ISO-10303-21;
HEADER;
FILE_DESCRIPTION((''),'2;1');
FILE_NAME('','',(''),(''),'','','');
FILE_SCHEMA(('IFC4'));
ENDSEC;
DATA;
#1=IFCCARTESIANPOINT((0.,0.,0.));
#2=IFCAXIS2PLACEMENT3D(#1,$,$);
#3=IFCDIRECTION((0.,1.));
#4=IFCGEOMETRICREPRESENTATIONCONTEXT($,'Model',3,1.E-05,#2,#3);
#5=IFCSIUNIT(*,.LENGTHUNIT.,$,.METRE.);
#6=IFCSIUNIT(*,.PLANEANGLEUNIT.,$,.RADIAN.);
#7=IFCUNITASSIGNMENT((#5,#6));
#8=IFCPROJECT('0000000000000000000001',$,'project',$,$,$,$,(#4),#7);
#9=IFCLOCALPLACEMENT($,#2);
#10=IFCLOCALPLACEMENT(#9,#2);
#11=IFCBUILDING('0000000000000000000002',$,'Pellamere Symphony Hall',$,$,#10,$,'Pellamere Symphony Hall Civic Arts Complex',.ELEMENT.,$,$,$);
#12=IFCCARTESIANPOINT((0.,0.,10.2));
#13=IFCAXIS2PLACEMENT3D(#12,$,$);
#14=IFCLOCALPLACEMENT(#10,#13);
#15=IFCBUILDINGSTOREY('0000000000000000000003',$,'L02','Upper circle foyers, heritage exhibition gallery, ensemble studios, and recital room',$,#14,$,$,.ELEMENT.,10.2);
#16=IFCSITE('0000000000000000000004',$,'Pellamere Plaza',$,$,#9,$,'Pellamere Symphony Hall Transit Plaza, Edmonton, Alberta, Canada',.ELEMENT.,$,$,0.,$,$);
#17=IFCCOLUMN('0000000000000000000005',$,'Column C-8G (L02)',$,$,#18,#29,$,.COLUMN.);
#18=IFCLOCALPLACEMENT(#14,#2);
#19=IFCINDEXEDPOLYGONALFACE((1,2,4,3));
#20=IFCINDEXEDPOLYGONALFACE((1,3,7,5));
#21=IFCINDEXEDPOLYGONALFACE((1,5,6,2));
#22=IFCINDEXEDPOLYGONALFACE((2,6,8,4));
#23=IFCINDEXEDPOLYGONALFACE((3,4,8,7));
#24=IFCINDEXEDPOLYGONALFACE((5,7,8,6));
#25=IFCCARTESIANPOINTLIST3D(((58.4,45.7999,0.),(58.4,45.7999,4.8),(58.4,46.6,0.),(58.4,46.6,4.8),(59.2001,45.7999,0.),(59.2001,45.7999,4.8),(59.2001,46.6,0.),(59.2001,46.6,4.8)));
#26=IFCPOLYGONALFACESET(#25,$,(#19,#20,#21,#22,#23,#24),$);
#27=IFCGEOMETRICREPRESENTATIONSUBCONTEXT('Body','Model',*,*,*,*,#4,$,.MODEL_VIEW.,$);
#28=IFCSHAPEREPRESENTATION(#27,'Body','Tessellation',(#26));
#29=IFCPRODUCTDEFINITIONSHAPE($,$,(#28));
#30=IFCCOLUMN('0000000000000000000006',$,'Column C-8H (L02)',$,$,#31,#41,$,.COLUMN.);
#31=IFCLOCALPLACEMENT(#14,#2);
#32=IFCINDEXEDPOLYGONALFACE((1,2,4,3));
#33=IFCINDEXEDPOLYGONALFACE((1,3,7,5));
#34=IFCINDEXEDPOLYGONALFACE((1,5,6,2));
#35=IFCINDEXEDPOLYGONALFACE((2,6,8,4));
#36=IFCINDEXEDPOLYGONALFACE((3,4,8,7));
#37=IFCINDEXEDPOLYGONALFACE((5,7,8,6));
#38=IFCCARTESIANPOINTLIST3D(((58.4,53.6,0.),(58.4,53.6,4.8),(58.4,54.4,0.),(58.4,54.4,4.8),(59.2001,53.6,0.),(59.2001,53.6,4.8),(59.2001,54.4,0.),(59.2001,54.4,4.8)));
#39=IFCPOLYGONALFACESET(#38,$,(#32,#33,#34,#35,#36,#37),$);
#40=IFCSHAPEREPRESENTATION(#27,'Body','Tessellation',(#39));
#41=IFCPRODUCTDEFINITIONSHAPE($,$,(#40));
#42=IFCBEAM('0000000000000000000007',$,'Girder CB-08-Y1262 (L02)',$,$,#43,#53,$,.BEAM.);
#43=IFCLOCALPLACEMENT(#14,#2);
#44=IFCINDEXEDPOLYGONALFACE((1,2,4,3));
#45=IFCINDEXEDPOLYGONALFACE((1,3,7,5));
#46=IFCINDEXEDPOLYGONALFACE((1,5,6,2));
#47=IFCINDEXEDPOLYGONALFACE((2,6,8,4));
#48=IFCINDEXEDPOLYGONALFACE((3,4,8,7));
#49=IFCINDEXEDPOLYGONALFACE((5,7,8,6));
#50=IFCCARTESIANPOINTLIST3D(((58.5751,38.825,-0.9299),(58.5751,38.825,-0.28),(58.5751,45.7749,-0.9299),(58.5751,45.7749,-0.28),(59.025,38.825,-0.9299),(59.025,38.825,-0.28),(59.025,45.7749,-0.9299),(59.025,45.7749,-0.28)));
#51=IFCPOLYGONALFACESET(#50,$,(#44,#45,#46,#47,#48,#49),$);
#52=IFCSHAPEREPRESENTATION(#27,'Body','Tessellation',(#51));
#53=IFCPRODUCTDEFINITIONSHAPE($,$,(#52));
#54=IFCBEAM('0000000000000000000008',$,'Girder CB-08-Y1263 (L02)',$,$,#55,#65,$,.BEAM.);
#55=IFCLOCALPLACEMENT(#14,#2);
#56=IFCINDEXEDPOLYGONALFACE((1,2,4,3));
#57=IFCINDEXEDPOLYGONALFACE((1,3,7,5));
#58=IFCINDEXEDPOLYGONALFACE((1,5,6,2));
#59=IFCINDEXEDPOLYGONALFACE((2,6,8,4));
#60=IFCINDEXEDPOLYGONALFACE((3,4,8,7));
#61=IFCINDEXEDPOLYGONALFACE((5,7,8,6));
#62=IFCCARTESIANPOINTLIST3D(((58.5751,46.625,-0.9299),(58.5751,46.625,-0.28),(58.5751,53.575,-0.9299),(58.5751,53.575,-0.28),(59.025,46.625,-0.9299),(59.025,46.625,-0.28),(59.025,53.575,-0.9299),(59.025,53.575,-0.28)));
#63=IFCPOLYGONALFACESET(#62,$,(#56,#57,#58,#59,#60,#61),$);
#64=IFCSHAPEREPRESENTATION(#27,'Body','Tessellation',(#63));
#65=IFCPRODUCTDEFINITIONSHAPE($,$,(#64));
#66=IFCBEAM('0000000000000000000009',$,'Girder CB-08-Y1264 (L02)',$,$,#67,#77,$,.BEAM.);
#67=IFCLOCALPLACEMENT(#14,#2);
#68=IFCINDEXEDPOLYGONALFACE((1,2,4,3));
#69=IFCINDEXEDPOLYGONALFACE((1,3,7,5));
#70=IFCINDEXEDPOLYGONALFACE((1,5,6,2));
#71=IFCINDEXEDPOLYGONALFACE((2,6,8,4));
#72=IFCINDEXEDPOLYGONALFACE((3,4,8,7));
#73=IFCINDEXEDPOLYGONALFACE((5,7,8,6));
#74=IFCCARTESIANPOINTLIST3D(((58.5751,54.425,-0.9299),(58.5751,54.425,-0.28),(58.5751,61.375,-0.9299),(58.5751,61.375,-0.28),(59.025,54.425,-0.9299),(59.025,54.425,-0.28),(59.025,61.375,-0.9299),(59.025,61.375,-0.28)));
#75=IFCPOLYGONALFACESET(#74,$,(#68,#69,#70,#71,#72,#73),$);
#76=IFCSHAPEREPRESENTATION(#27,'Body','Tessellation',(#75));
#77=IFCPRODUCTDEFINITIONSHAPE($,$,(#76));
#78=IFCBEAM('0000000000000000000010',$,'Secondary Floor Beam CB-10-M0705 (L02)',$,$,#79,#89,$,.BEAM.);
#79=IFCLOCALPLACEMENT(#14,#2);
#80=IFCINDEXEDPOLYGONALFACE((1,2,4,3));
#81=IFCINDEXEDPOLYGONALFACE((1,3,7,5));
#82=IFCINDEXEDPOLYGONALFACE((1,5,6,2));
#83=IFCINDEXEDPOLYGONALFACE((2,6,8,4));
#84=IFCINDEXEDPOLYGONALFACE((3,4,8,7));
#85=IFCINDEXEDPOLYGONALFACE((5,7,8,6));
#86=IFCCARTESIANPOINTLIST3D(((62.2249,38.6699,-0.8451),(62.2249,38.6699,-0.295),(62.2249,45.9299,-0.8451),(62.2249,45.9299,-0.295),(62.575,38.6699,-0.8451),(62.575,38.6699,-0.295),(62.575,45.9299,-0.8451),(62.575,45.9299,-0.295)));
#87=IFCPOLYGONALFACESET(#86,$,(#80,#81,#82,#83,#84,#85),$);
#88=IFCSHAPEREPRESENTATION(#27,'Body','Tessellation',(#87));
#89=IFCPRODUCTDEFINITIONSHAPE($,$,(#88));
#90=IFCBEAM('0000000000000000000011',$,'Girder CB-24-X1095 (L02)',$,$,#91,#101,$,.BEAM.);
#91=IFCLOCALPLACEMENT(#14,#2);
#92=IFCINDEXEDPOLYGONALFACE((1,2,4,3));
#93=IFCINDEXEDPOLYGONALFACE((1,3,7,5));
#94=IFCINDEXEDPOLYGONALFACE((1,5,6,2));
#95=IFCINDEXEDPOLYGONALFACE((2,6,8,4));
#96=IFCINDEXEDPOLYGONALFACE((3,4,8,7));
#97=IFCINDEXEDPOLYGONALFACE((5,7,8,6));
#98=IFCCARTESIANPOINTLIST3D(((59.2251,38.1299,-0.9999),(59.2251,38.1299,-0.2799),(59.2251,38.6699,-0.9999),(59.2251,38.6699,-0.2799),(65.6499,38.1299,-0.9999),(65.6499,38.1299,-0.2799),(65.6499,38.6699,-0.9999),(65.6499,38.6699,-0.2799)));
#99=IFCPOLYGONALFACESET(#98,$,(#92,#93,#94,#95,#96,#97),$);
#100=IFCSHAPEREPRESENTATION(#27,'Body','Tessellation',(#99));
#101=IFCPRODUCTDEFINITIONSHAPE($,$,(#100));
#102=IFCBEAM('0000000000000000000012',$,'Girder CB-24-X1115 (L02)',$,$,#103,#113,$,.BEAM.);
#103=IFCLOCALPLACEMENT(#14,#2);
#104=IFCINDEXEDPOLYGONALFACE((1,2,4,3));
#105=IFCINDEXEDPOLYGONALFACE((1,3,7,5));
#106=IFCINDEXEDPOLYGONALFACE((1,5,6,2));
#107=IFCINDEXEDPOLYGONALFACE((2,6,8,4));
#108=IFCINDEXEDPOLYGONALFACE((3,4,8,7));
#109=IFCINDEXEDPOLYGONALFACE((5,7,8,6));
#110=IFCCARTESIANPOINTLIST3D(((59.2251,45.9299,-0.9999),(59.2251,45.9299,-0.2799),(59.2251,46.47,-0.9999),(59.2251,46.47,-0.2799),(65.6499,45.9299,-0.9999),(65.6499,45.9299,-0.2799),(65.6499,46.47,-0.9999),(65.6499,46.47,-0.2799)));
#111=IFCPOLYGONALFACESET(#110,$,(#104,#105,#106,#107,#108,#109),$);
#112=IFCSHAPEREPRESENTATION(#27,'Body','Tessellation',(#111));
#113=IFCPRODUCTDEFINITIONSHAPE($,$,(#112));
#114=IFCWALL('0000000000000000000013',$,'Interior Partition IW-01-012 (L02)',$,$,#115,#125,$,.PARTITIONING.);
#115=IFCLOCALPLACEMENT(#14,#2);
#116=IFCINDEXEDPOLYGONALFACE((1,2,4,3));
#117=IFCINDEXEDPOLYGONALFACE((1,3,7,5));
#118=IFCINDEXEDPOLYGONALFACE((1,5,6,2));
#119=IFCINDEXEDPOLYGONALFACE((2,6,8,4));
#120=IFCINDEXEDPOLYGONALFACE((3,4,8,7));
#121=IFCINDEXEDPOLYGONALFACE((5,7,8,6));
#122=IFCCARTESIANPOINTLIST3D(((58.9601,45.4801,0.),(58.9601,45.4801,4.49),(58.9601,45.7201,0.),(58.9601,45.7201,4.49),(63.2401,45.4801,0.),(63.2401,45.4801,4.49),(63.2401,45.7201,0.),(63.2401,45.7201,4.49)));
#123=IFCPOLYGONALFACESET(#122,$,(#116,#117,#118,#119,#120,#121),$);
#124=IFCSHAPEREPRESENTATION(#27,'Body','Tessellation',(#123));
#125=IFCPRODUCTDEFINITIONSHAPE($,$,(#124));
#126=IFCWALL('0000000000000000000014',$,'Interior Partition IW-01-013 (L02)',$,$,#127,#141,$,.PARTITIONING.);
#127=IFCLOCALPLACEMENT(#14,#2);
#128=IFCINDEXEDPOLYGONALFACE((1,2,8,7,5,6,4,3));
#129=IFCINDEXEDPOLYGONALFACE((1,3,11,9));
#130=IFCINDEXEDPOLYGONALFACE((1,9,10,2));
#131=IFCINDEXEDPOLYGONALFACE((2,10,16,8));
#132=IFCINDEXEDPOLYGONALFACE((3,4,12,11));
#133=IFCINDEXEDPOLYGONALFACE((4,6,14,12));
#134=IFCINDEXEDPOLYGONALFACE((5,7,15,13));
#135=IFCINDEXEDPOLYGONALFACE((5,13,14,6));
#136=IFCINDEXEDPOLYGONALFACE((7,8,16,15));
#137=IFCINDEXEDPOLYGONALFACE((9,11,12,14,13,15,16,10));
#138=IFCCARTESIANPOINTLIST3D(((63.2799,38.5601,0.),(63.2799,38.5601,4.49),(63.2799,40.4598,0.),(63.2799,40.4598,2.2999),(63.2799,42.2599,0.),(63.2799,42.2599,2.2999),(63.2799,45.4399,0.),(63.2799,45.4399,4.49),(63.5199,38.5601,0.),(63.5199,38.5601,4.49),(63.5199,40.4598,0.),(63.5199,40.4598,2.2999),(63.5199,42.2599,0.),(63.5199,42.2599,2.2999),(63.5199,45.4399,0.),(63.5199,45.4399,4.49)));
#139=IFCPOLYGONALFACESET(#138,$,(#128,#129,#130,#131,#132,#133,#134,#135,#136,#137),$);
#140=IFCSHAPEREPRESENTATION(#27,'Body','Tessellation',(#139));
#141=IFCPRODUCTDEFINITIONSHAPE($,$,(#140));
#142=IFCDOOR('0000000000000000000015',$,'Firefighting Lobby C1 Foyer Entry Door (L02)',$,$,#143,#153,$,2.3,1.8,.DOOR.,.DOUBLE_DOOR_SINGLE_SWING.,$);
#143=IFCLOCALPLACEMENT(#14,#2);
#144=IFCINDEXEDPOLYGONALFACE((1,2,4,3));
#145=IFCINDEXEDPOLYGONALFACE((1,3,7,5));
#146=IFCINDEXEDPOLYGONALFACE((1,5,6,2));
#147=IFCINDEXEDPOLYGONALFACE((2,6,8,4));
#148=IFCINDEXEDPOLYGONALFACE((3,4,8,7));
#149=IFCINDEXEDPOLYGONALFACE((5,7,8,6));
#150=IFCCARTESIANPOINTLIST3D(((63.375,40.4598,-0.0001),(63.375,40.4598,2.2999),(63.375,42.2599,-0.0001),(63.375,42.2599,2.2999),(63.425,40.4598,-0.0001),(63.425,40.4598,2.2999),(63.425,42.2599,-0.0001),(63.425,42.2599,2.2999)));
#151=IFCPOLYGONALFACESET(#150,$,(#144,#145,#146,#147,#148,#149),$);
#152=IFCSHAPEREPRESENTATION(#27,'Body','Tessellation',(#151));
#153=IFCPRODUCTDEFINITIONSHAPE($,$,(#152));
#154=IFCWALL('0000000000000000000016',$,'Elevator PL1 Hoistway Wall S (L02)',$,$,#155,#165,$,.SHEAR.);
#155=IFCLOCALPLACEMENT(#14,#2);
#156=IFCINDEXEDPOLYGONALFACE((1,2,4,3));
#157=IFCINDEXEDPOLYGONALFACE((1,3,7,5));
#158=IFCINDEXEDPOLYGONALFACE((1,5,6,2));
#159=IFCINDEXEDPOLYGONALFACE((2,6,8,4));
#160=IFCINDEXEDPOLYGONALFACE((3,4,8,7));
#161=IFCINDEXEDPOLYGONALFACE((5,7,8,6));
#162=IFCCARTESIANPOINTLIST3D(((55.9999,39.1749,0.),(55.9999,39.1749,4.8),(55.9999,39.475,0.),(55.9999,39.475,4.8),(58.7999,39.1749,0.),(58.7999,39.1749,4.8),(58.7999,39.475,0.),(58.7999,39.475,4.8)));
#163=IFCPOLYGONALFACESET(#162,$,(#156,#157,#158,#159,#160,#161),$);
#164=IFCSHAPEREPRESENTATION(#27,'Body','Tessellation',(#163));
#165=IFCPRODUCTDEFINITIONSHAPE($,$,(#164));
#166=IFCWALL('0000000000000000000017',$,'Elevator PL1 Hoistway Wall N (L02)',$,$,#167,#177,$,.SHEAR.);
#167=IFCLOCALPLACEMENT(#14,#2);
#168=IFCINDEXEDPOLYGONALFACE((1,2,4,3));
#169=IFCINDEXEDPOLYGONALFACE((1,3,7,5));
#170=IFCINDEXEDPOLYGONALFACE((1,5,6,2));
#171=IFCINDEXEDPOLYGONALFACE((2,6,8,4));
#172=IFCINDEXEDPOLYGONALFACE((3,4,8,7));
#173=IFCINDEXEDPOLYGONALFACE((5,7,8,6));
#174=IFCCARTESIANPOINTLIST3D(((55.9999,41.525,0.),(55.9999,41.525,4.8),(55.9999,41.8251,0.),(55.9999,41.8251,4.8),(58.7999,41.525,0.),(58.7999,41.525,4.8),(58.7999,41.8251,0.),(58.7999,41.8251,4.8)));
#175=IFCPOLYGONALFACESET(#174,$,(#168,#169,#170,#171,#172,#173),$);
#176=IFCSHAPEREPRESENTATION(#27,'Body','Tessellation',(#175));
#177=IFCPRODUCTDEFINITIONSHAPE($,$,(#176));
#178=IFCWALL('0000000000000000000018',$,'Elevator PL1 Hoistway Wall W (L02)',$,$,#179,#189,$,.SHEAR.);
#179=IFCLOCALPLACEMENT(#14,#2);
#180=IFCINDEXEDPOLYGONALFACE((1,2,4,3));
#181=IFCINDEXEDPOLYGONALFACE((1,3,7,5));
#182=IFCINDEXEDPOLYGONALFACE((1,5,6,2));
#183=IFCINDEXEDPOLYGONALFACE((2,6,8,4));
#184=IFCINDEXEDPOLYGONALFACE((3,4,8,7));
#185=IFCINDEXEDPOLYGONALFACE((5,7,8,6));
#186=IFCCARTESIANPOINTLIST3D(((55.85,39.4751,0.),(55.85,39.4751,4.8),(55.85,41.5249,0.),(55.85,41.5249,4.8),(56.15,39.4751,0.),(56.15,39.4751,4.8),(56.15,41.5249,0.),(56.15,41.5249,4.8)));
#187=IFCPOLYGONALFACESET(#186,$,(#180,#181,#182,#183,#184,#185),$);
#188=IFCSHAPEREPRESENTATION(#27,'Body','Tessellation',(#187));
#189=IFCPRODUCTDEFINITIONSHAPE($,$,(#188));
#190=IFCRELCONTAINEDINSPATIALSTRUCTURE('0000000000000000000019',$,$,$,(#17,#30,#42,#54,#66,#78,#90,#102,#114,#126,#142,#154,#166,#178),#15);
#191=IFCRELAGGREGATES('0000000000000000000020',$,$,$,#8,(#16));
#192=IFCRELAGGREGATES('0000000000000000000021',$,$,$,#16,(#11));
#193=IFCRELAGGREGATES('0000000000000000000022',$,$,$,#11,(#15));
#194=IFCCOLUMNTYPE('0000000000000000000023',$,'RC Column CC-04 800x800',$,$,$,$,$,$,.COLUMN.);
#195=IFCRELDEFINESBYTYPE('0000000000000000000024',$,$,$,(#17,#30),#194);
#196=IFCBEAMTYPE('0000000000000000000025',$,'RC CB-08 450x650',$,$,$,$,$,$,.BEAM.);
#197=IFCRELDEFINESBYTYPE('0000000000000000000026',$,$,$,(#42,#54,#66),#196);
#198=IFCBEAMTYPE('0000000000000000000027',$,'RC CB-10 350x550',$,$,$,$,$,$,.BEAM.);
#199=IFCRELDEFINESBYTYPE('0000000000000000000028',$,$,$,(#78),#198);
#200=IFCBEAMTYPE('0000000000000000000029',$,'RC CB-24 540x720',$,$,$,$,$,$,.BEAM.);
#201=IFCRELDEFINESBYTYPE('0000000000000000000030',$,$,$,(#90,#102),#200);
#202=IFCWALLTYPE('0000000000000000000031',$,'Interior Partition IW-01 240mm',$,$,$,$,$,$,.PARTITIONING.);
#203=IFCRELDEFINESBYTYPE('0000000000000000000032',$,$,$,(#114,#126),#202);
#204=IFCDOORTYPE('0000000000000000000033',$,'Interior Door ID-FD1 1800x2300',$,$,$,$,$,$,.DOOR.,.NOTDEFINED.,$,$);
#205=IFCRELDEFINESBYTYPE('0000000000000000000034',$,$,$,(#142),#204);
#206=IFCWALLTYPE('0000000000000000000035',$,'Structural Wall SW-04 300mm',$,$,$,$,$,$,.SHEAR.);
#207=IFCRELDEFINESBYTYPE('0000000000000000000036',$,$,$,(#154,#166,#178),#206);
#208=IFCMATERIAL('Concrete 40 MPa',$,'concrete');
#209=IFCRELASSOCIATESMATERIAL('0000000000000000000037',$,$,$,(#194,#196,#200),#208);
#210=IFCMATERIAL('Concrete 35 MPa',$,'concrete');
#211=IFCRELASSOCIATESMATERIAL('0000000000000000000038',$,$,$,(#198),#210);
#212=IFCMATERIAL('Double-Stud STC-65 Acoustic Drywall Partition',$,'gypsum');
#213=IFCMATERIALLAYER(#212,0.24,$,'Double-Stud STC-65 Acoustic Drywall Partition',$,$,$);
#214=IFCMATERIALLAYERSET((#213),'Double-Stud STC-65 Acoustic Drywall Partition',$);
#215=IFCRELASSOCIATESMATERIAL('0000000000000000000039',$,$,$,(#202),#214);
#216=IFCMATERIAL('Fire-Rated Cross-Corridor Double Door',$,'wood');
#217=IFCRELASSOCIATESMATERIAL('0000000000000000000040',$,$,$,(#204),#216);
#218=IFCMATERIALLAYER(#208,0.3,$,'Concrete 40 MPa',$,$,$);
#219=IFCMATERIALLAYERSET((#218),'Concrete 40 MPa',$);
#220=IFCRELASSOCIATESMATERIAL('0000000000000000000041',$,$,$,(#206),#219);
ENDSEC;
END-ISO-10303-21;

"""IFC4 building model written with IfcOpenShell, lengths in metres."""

from ifc_helpers import new_model, si_unit, direction, frame, frame_2d, origin, origin_2d, place, context, subcontext, project, spatial, rectangle, extrude, material, layer, layer_set, material_profile, profile_set, type_object, element, fill, save


model = new_model("IFC4")

# Units and contexts
model_context = context("Model", 3, precision=1e-05, world=origin(), true_north=direction((0.0, 1.0)))
body_context = subcontext(model_context, "Body", "Model", "MODEL_VIEW")
ifc_project = project(units=[si_unit("LENGTHUNIT", "METRE"), si_unit("PLANEANGLEUNIT", "RADIAN")], contexts=[model_context])

# Site, building, storey
site_placement = place(None, origin())
site = spatial("IfcSite", under=ifc_project, at=site_placement, Name="Pellamere Plaza", LongName="Pellamere Symphony Hall Transit Plaza, Edmonton, Alberta, Canada", CompositionType="ELEMENT", RefElevation=0.0)
building_placement = place(site_placement, origin())
building = spatial("IfcBuilding", under=site, at=building_placement, Name="Pellamere Symphony Hall", LongName="Pellamere Symphony Hall Civic Arts Complex", CompositionType="ELEMENT")
storey_placement = place(building_placement, frame((0.0, 0.0, 10.2)))
storey = spatial("IfcBuildingStorey", under=building, at=storey_placement, Name="L02", Description="Upper circle foyers, heritage exhibition gallery, ensemble studios, and recital room", CompositionType="ELEMENT", Elevation=10.2)

# Columns
ifc_material_1 = material(Name="Concrete 40 MPa", Category="concrete")
ifc_material_profile_1 = material_profile(ifc_material_1, rectangle(XDim=0.8, YDim=0.8, at=origin_2d()), Name="RC 800x800")
ifc_profile_set_1 = profile_set([ifc_material_profile_1], Name="Concrete 40 MPa")
column_type = type_object("IfcColumnType", Name="RC Column CC-04 800x800", PredefinedType="COLUMN", material=ifc_profile_set_1)
for number, where, z_axis, x_axis, name in (
    (1, (58.8, 46.2, 0.0), (0.0, 0.0, 1.0), (1.0, 0.0, 0.0), "Column C-8G (L02)"),
    (2, (58.8, 54.0, 0.0), (0.0, 0.0, 1.0), (1.0, 0.0, 0.0), "Column C-8H (L02)"),
):
    element("IfcColumn", number, at=place(storey_placement, frame(where, z_axis=z_axis, x_axis=x_axis)), inside=storey, type_object=column_type, Name=name, PredefinedType="COLUMN", context=body_context, shape_type="SweptSolid", body=[
        extrude(rectangle(XDim=0.8, YDim=0.8, at=origin_2d()), origin(), (0.0, 0.0, 1.0), 4.8),
    ])

# Beams
ifc_material_profile_2 = material_profile(ifc_material_1, rectangle(XDim=0.45, YDim=0.6499, at=origin_2d()), Name="RC 450x650")
ifc_profile_set_2 = profile_set([ifc_material_profile_2], Name="Concrete 40 MPa")
beam_type_1 = type_object("IfcBeamType", Name="RC CB-08 450x650", PredefinedType="BEAM", material=ifc_profile_set_2)
for number, where, z_axis, x_axis, name in (
    (3, (58.8, 38.825, -0.605), (0.0, 1.0, 0.0), (-1.0, 0.0, 0.0), "Girder CB-08-Y1262 (L02)"),
    (4, (58.8, 46.625, -0.605), (0.0, 1.0, 0.0), (-1.0, 0.0, 0.0), "Girder CB-08-Y1263 (L02)"),
    (5, (58.8, 54.425, -0.605), (0.0, 1.0, 0.0), (-1.0, 0.0, 0.0), "Girder CB-08-Y1264 (L02)"),
):
    element("IfcBeam", number, at=place(storey_placement, frame(where, z_axis=z_axis, x_axis=x_axis)), inside=storey, type_object=beam_type_1, Name=name, PredefinedType="BEAM", context=body_context, shape_type="SweptSolid", body=[
        extrude(rectangle(XDim=0.45, YDim=0.6499, at=origin_2d()), origin(), (0.0, 0.0, 1.0), 6.95),
    ])
ifc_material_2 = material(Name="Concrete 35 MPa", Category="concrete")
ifc_material_profile_3 = material_profile(ifc_material_2, rectangle(XDim=0.3501, YDim=0.55, at=origin_2d()), Name="RC 350x550")
ifc_profile_set_3 = profile_set([ifc_material_profile_3], Name="Concrete 35 MPa")
beam_type_2 = type_object("IfcBeamType", Name="RC CB-10 350x550", PredefinedType="BEAM", material=ifc_profile_set_3)
beam_placement = place(storey_placement, frame((62.3999, 38.6699, -0.5701), z_axis=(0.0, 1.0, 0.0), x_axis=(-1.0, 0.0, 0.0)))
element("IfcBeam", 6, at=beam_placement, inside=storey, type_object=beam_type_2, Name="Secondary Floor Beam CB-10-M0705 (L02)", PredefinedType="BEAM", context=body_context, shape_type="SweptSolid", body=[
    extrude(rectangle(XDim=0.3501, YDim=0.55, at=origin_2d()), origin(), (0.0, 0.0, 1.0), 7.26),
])
ifc_material_profile_4 = material_profile(ifc_material_1, rectangle(XDim=0.54, YDim=0.72, at=origin_2d()), Name="RC 540x720")
ifc_profile_set_4 = profile_set([ifc_material_profile_4], Name="Concrete 40 MPa")
beam_type_3 = type_object("IfcBeamType", Name="RC CB-24 540x720", PredefinedType="BEAM", material=ifc_profile_set_4)
for number, where, z_axis, x_axis, name in (
    (7, (59.2251, 38.3999, -0.6399), (1.0, 0.0, 0.0), (0.0, 1.0, 0.0), "Girder CB-24-X1095 (L02)"),
    (8, (59.2251, 46.2, -0.6399), (1.0, 0.0, 0.0), (0.0, 1.0, 0.0), "Girder CB-24-X1115 (L02)"),
):
    element("IfcBeam", number, at=place(storey_placement, frame(where, z_axis=z_axis, x_axis=x_axis)), inside=storey, type_object=beam_type_3, Name=name, PredefinedType="BEAM", context=body_context, shape_type="SweptSolid", body=[
        extrude(rectangle(XDim=0.54, YDim=0.72, at=origin_2d()), origin(), (0.0, 0.0, 1.0), 6.4248),
    ])

# Wall
ifc_material_3 = material(Name="Double-Stud STC-65 Acoustic Drywall Partition", Category="gypsum")
ifc_layer_1 = layer(ifc_material_3, 0.24, Name="Double-Stud STC-65 Acoustic Drywall Partition")
ifc_layer_set_1 = layer_set([ifc_layer_1], Name="Double-Stud STC-65 Acoustic Drywall Partition")
wall_type_1 = type_object("IfcWallType", Name="Interior Partition IW-01 240mm", PredefinedType="PARTITIONING", material=ifc_layer_set_1)
wall_1_placement = place(storey_placement, frame((58.96, 45.6001, 0.0), z_axis=(0.0, 0.0, 1.0), x_axis=(1.0, 0.0, 0.0)))
element("IfcWall", 9, at=wall_1_placement, inside=storey, type_object=wall_type_1, Name="Interior Partition IW-01-012 (L02)", PredefinedType="PARTITIONING", context=body_context, shape_type="SweptSolid", body=[
    extrude(rectangle(XDim=4.28, YDim=0.24, at=frame_2d((2.1401, 0.0))), origin(), (0.0, 0.0, 1.0), 4.49),
])

# Wall, opening, door
wall_2_placement = place(storey_placement, frame((63.3999, 38.5601, 0.0), z_axis=(0.0, 0.0, 1.0), x_axis=(0.0, 1.0, 0.0)))
wall_2 = element("IfcWall", 10, at=wall_2_placement, inside=storey, type_object=wall_type_1, Name="Interior Partition IW-01-013 (L02)", PredefinedType="PARTITIONING", context=body_context, shape_type="SweptSolid", body=[
    extrude(rectangle(XDim=6.8799, YDim=0.24, at=frame_2d((3.4399, 0.0))), origin(), (0.0, 0.0, 1.0), 4.49),
])
opening_1_placement = place(wall_2_placement, frame((1.8999, 0.0, 0.0)))
opening_1 = element("IfcOpeningElement", 11, at=opening_1_placement, cuts=wall_2, PredefinedType="OPENING", context=body_context, shape_type="SweptSolid", body=[
    extrude(rectangle(XDim=1.8, YDim=2.3, at=frame_2d((0.8999, 1.1499))), frame((0.0, 0.1299, 0.0), z_axis=(0.0, -1.0, 0.0), x_axis=(1.0, 0.0, 0.0)), (0.0, 0.0, 1.0), 0.26),
])
ifc_material_4 = material(Name="Fire-Rated Cross-Corridor Double Door", Category="wood")
door_type_1 = type_object("IfcDoorType", Name="Interior Door ID-FD1 1800x2300", OperationType="NOTDEFINED", PredefinedType="DOOR", material=ifc_material_4)
door_1_placement = place(opening_1_placement, origin())
door_1 = element("IfcDoor", 12, at=door_1_placement, inside=storey, type_object=door_type_1, Name="Firefighting Lobby C1 Foyer Entry Door (L02)", OperationType="DOUBLE_DOOR_SINGLE_SWING", OverallHeight=2.3, OverallWidth=1.8, PredefinedType="DOOR", context=body_context, shape_type="SweptSolid", body=[
    extrude(rectangle(XDim=1.8, YDim=2.3, at=frame_2d((0.8999, 1.1499))), frame((0.0, 0.0249, 0.0), z_axis=(0.0, -1.0, 0.0), x_axis=(1.0, 0.0, 0.0)), (0.0, 0.0, 1.0), 0.05),
])
fill(opening_1, door_1)

# Walls
ifc_layer_2 = layer(ifc_material_1, 0.3, Name="Concrete 40 MPa")
ifc_layer_set_2 = layer_set([ifc_layer_2], Name="Concrete 40 MPa")
wall_type_2 = type_object("IfcWallType", Name="Structural Wall SW-04 300mm", PredefinedType="SHEAR", material=ifc_layer_set_2)
for number, where, z_axis, x_axis, name in (
    (13, (56.0, 39.325, 0.0), (0.0, 0.0, 1.0), (1.0, 0.0, 0.0), "Elevator PL1 Hoistway Wall S (L02)"),
    (14, (56.0, 41.675, 0.0), (0.0, 0.0, 1.0), (1.0, 0.0, 0.0), "Elevator PL1 Hoistway Wall N (L02)"),
):
    element("IfcWall", number, at=place(storey_placement, frame(where, z_axis=z_axis, x_axis=x_axis)), inside=storey, type_object=wall_type_2, Name=name, PredefinedType="SHEAR", context=body_context, shape_type="SweptSolid", body=[
        extrude(rectangle(XDim=2.8, YDim=0.3, at=frame_2d((1.3999, 0.0))), origin(), (0.0, 0.0, 1.0), 4.8),
    ])
wall_3_placement = place(storey_placement, frame((56.0, 39.4751, 0.0), z_axis=(0.0, 0.0, 1.0), x_axis=(0.0, 1.0, 0.0)))
element("IfcWall", 15, at=wall_3_placement, inside=storey, type_object=wall_type_2, Name="Elevator PL1 Hoistway Wall W (L02)", PredefinedType="SHEAR", context=body_context, shape_type="SweptSolid", body=[
    extrude(rectangle(XDim=2.0498, YDim=0.3, at=frame_2d((1.0249, 0.0))), origin(), (0.0, 0.0, 1.0), 4.8),
])

save(model, "model.ifc")
